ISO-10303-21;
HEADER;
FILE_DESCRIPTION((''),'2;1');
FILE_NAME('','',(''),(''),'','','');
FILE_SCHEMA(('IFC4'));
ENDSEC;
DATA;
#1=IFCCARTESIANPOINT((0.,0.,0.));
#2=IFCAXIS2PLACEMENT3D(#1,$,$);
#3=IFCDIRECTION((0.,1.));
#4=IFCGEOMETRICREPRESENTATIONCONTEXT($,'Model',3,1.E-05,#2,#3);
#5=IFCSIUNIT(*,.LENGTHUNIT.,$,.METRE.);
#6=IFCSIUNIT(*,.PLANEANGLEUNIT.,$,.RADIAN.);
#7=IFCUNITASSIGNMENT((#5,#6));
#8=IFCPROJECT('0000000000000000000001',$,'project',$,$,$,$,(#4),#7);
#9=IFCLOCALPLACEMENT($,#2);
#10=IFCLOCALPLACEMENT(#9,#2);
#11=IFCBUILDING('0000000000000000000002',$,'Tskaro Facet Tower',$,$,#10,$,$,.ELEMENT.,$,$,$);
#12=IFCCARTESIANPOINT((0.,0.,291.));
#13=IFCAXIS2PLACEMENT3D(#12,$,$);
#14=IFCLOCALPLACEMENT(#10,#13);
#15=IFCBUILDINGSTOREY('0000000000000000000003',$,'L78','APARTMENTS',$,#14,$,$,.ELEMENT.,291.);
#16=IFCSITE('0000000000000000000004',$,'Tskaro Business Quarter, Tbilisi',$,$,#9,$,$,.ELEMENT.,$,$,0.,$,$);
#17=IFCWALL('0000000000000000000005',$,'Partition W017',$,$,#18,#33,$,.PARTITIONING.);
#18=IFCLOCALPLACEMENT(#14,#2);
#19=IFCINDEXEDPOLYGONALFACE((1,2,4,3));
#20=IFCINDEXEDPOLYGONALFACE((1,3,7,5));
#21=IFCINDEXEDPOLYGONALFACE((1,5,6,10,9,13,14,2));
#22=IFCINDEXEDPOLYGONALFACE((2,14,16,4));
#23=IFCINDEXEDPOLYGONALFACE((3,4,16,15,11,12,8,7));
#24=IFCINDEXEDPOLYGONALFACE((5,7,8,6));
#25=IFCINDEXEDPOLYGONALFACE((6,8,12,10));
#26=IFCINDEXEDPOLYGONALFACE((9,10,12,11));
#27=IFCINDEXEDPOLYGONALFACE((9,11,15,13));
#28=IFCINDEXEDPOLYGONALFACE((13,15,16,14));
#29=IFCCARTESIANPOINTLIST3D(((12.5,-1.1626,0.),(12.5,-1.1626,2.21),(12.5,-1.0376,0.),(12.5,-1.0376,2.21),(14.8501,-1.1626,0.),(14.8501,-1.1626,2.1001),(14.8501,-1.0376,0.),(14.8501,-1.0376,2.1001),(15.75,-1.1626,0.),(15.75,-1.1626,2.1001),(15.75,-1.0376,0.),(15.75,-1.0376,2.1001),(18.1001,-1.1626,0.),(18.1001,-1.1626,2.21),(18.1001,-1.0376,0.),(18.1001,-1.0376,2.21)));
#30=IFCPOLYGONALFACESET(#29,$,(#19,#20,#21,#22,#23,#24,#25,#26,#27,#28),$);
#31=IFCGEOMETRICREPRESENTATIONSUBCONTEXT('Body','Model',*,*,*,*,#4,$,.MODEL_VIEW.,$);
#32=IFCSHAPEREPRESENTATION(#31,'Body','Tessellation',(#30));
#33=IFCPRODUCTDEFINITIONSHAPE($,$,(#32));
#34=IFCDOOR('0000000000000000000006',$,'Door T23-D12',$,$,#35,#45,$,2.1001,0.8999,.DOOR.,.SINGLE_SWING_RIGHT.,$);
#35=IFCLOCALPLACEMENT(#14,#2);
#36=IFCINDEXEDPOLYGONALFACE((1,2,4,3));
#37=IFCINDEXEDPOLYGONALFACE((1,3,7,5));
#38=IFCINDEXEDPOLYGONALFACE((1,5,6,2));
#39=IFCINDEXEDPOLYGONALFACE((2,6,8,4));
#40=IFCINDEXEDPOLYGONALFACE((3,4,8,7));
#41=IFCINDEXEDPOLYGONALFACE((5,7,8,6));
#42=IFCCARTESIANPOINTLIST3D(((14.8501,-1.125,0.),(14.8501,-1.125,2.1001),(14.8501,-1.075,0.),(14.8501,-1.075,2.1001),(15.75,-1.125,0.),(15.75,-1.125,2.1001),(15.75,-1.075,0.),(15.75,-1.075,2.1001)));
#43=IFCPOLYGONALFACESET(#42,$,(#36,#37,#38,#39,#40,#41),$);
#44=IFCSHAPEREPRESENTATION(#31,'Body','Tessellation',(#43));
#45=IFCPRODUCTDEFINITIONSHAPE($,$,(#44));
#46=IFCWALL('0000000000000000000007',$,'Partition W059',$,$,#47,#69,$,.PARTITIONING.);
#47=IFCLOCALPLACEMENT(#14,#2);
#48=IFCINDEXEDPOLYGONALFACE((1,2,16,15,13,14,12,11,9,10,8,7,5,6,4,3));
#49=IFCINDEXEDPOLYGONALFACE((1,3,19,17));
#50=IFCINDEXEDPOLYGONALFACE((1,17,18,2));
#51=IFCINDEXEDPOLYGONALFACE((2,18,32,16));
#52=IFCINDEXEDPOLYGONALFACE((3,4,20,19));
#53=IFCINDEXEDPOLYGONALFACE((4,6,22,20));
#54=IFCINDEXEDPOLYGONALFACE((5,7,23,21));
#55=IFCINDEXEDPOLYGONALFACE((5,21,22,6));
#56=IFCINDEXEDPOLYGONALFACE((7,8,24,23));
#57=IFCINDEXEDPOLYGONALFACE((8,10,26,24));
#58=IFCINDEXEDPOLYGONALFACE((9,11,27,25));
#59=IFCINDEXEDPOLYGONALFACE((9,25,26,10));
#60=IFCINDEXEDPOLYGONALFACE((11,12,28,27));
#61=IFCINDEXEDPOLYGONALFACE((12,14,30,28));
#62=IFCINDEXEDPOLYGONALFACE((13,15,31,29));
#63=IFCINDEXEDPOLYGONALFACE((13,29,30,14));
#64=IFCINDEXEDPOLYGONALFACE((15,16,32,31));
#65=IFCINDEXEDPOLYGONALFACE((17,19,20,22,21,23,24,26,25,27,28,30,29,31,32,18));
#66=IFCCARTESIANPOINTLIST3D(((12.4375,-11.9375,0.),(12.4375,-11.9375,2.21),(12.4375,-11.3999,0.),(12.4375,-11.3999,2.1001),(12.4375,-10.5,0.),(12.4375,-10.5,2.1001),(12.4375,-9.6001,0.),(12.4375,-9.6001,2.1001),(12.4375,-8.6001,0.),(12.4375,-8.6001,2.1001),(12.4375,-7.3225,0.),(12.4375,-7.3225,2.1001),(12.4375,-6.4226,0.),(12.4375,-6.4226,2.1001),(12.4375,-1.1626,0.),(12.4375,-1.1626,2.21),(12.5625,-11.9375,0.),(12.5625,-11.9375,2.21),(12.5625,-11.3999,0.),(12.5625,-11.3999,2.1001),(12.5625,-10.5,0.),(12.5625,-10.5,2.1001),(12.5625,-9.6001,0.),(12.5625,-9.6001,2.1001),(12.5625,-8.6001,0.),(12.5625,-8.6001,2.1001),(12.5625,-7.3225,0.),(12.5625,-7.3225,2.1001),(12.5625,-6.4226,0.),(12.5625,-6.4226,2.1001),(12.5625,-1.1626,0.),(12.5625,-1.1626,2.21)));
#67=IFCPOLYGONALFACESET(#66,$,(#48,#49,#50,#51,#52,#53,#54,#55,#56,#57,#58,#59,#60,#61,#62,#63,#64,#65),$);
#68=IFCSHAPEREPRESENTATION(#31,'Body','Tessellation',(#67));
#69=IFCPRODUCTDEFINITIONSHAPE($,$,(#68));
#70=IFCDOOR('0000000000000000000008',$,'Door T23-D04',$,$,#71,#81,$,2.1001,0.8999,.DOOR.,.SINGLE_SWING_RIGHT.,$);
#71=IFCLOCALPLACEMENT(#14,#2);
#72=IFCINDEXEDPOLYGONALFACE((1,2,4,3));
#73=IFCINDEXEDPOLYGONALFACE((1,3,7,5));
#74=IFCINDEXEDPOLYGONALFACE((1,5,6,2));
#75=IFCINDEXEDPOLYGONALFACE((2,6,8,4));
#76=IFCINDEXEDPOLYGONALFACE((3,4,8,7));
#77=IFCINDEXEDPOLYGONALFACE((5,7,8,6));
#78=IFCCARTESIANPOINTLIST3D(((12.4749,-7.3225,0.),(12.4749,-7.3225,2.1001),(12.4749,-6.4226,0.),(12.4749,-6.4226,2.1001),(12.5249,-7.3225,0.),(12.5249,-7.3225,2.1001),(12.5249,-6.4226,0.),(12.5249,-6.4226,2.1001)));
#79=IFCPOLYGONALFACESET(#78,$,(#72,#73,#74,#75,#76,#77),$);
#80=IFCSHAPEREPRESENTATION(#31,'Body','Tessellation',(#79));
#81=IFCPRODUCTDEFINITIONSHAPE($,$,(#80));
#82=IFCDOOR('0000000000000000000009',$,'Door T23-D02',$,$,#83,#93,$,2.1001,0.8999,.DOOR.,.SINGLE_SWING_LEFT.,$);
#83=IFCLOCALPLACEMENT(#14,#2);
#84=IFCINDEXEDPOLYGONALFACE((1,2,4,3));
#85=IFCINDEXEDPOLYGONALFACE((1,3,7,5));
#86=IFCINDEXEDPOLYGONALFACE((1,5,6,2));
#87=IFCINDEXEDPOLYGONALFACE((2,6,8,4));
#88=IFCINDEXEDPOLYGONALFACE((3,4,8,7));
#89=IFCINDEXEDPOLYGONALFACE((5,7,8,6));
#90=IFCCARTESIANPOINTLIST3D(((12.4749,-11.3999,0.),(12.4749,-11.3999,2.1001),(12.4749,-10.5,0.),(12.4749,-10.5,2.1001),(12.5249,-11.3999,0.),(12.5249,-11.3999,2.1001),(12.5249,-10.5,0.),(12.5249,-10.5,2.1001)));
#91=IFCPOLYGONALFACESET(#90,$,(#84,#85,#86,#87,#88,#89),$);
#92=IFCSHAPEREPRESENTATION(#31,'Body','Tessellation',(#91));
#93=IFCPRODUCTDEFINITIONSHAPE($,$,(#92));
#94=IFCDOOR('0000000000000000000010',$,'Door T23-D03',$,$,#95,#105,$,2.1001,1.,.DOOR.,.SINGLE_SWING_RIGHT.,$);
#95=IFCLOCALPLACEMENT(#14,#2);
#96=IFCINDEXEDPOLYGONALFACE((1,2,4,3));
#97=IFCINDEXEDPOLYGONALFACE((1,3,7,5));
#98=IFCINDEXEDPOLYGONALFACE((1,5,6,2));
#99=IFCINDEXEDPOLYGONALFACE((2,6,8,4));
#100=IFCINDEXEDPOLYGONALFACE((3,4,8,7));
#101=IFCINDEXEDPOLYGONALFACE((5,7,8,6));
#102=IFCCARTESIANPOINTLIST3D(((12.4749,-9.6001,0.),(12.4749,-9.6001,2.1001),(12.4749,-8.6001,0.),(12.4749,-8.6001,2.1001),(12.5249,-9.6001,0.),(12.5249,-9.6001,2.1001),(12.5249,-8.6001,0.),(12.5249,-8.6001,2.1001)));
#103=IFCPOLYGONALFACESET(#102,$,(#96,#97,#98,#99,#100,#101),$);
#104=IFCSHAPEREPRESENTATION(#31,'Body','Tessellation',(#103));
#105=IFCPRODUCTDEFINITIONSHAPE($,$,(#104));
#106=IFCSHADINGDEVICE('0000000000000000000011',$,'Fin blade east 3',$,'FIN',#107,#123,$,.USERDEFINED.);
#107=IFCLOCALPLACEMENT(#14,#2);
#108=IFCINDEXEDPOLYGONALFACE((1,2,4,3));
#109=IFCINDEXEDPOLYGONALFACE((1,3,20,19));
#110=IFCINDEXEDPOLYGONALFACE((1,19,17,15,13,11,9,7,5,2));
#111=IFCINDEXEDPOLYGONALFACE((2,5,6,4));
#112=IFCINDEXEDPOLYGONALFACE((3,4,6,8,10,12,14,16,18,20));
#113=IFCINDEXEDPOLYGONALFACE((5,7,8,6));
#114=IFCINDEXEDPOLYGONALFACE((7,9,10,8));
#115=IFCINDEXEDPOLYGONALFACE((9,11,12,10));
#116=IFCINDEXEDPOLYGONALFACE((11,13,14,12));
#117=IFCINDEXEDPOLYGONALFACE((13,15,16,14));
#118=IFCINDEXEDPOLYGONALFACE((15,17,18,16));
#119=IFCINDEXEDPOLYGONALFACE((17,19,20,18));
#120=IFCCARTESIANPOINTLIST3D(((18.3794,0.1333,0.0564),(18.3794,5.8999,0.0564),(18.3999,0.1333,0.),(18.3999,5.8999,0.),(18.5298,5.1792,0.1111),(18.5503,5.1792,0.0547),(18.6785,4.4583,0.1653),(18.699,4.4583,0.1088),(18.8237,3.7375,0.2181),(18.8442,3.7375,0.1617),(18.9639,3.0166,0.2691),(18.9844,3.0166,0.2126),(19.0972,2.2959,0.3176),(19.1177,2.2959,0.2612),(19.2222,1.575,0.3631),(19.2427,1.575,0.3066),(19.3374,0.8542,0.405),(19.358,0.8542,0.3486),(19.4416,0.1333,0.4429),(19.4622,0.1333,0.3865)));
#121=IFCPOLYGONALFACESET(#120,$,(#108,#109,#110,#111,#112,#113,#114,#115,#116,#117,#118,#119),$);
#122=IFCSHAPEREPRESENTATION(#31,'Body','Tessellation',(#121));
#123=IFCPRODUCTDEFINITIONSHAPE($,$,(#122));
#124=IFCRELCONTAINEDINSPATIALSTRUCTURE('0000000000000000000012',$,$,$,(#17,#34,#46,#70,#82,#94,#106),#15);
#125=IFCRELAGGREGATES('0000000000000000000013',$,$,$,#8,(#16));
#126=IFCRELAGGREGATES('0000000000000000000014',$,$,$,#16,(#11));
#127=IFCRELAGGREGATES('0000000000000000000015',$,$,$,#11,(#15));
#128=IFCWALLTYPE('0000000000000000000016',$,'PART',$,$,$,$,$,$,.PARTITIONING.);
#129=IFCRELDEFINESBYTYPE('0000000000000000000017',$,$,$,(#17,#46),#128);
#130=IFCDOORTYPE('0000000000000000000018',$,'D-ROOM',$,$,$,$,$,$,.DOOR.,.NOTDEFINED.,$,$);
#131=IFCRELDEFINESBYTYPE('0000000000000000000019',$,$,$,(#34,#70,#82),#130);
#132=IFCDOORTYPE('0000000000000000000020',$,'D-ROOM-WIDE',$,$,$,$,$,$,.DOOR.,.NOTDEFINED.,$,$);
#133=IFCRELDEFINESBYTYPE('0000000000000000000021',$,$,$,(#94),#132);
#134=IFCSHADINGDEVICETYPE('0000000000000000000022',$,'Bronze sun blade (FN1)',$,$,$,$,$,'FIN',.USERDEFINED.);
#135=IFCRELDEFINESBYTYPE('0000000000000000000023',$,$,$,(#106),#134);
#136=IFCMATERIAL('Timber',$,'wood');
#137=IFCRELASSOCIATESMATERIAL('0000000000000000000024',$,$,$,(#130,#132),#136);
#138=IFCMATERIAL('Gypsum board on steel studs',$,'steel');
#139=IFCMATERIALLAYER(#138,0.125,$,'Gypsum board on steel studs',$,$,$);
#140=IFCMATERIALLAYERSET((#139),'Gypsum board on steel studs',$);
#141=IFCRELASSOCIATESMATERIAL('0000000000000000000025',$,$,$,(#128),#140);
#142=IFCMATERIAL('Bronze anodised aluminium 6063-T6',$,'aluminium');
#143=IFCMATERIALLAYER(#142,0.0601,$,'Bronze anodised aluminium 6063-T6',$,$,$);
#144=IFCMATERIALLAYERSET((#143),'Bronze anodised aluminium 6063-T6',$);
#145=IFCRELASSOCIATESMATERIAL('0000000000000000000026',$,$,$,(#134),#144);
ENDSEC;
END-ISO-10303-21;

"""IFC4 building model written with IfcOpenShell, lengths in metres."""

from ifc_helpers import new_model, si_unit, direction, frame, frame_2d, origin, place, context, subcontext, project, spatial, polyline, rectangle, outline, extrude, material, layer, layer_set, type_object, element, fill, save


model = new_model("IFC4")

# Units and contexts
model_context = context("Model", 3, precision=1e-05, world=origin(), true_north=direction((0.0, 1.0)))
body_context = subcontext(model_context, "Body", "Model", "MODEL_VIEW")
ifc_project = project(units=[si_unit("LENGTHUNIT", "METRE"), si_unit("PLANEANGLEUNIT", "RADIAN")], contexts=[model_context])

# Site, building, storey
site_placement = place(None, origin())
site = spatial("IfcSite", under=ifc_project, at=site_placement, Name="Tskaro Business Quarter, Tbilisi", CompositionType="ELEMENT", RefElevation=0.0)
building_placement = place(site_placement, origin())
building = spatial("IfcBuilding", under=site, at=building_placement, Name="Tskaro Facet Tower", CompositionType="ELEMENT")
storey_placement = place(building_placement, frame((0.0, 0.0, 291.0)))
storey = spatial("IfcBuildingStorey", under=building, at=storey_placement, Name="L78", Description="APARTMENTS", CompositionType="ELEMENT", Elevation=291.0)

# Shared definitions
ifc_material_1 = material(Name="Bronze anodised aluminium 6063-T6", Category="aluminium")

# Wall, opening, door
ifc_material_2 = material(Name="Timber", Category="wood")
door_type_1 = type_object("IfcDoorType", Name="D-ROOM", OperationType="NOTDEFINED", PredefinedType="DOOR", material=ifc_material_2)
ifc_material_3 = material(Name="Gypsum board on steel studs", Category="steel")
ifc_layer_1 = layer(ifc_material_3, 0.125, Name="Gypsum board on steel studs")
ifc_layer_set_1 = layer_set([ifc_layer_1], Name="Gypsum board on steel studs")
wall_type_1 = type_object("IfcWallType", Name="PART", PredefinedType="PARTITIONING", material=ifc_layer_set_1)
wall_1_placement = place(storey_placement, frame((18.1001, -1.1001, 0.0), z_axis=(0.0, 0.0, 1.0), x_axis=(-1.0, 0.0, 0.0)))
wall_1 = element("IfcWall", 1, at=wall_1_placement, inside=storey, type_object=wall_type_1, Name="Partition W017", PredefinedType="PARTITIONING", context=body_context, shape_type="SweptSolid", body=[
    extrude(rectangle(XDim=5.6001, YDim=0.125, at=frame_2d((2.8, 0.0))), origin(), (0.0, 0.0, 1.0), 2.21),
])
opening_1_placement = place(wall_1_placement, frame((2.3501, 0.0, 0.0)))
opening_1 = element("IfcOpeningElement", 2, at=opening_1_placement, cuts=wall_1, PredefinedType="OPENING", context=body_context, shape_type="SweptSolid", body=[
    extrude(rectangle(XDim=0.8999, YDim=2.1001, at=frame_2d((0.45, 1.05))), frame((0.0, 0.0725, 0.0), z_axis=(0.0, -1.0, 0.0), x_axis=(1.0, 0.0, 0.0)), (0.0, 0.0, 1.0), 0.145),
])
door_1_placement = place(opening_1_placement, origin())
door_1 = element("IfcDoor", 3, at=door_1_placement, inside=storey, type_object=door_type_1, Name="Door T23-D12", OperationType="SINGLE_SWING_RIGHT", OverallHeight=2.1001, OverallWidth=0.8999, PredefinedType="DOOR", context=body_context, shape_type="SweptSolid", body=[
    extrude(rectangle(XDim=0.8999, YDim=2.1001, at=frame_2d((0.45, 1.05))), frame((0.0, 0.0249, 0.0), z_axis=(0.0, -1.0, 0.0), x_axis=(1.0, 0.0, 0.0)), (0.0, 0.0, 1.0), 0.05),
])
fill(opening_1, door_1)

# Wall, openings, doors
wall_2_placement = place(storey_placement, frame((12.5, -1.1626, 0.0), z_axis=(0.0, 0.0, 1.0), x_axis=(0.0, -1.0, 0.0)))
wall_2 = element("IfcWall", 4, at=wall_2_placement, inside=storey, type_object=wall_type_1, Name="Partition W059", PredefinedType="PARTITIONING", context=body_context, shape_type="SweptSolid", body=[
    extrude(rectangle(XDim=10.7749, YDim=0.125, at=frame_2d((5.3875, 0.0))), origin(), (0.0, 0.0, 1.0), 2.21),
])
opening_2_placement = place(wall_2_placement, frame((5.26, 0.0, 0.0)))
opening_2 = element("IfcOpeningElement", 5, at=opening_2_placement, cuts=wall_2, PredefinedType="OPENING", context=body_context, shape_type="SweptSolid", body=[
    extrude(rectangle(XDim=0.8999, YDim=2.1001, at=frame_2d((0.45, 1.05))), frame((0.0, 0.0725, 0.0), z_axis=(0.0, -1.0, 0.0), x_axis=(1.0, 0.0, 0.0)), (0.0, 0.0, 1.0), 0.145),
])
opening_3_placement = place(wall_2_placement, frame((7.4375, 0.0, 0.0)))
opening_3 = element("IfcOpeningElement", 6, at=opening_3_placement, cuts=wall_2, PredefinedType="OPENING", context=body_context, shape_type="SweptSolid", body=[
    extrude(rectangle(XDim=1.0, YDim=2.1001, at=frame_2d((0.5, 1.05))), frame((0.0, 0.0725, 0.0), z_axis=(0.0, -1.0, 0.0), x_axis=(1.0, 0.0, 0.0)), (0.0, 0.0, 1.0), 0.145),
])
opening_4_placement = place(wall_2_placement, frame((9.3374, 0.0, 0.0)))
opening_4 = element("IfcOpeningElement", 7, at=opening_4_placement, cuts=wall_2, PredefinedType="OPENING", context=body_context, shape_type="SweptSolid", body=[
    extrude(rectangle(XDim=0.8999, YDim=2.1001, at=frame_2d((0.45, 1.05))), frame((0.0, 0.0725, 0.0), z_axis=(0.0, -1.0, 0.0), x_axis=(1.0, 0.0, 0.0)), (0.0, 0.0, 1.0), 0.145),
])
door_2_placement = place(opening_2_placement, origin())
door_2 = element("IfcDoor", 8, at=door_2_placement, inside=storey, type_object=door_type_1, Name="Door T23-D04", OperationType="SINGLE_SWING_RIGHT", OverallHeight=2.1001, OverallWidth=0.8999, PredefinedType="DOOR", context=body_context, shape_type="SweptSolid", body=[
    extrude(rectangle(XDim=0.8999, YDim=2.1001, at=frame_2d((0.45, 1.05))), frame((0.0, 0.0249, 0.0), z_axis=(0.0, -1.0, 0.0), x_axis=(1.0, 0.0, 0.0)), (0.0, 0.0, 1.0), 0.05),
])
fill(opening_2, door_2)
door_3_placement = place(opening_4_placement, origin())
door_3 = element("IfcDoor", 9, at=door_3_placement, inside=storey, type_object=door_type_1, Name="Door T23-D02", OperationType="SINGLE_SWING_LEFT", OverallHeight=2.1001, OverallWidth=0.8999, PredefinedType="DOOR", context=body_context, shape_type="SweptSolid", body=[
    extrude(rectangle(XDim=0.8999, YDim=2.1001, at=frame_2d((0.45, 1.05))), frame((0.0, 0.0249, 0.0), z_axis=(0.0, -1.0, 0.0), x_axis=(1.0, 0.0, 0.0)), (0.0, 0.0, 1.0), 0.05),
])
fill(opening_4, door_3)
door_type_2 = type_object("IfcDoorType", Name="D-ROOM-WIDE", OperationType="NOTDEFINED", PredefinedType="DOOR", material=ifc_material_2)
door_4_placement = place(opening_3_placement, origin())
door_4 = element("IfcDoor", 10, at=door_4_placement, inside=storey, type_object=door_type_2, Name="Door T23-D03", OperationType="SINGLE_SWING_RIGHT", OverallHeight=2.1001, OverallWidth=1.0, PredefinedType="DOOR", context=body_context, shape_type="SweptSolid", body=[
    extrude(rectangle(XDim=1.0, YDim=2.1001, at=frame_2d((0.5, 1.05))), frame((0.0, 0.0249, 0.0), z_axis=(0.0, -1.0, 0.0), x_axis=(1.0, 0.0, 0.0)), (0.0, 0.0, 1.0), 0.05),
])
fill(opening_3, door_4)

# Shading device
ifc_layer_2 = layer(ifc_material_1, 0.0601, Name="Bronze anodised aluminium 6063-T6")
ifc_layer_set_2 = layer_set([ifc_layer_2], Name="Bronze anodised aluminium 6063-T6")
shading_device_type = type_object("IfcShadingDeviceType", Name="Bronze sun blade (FN1)", ElementType="FIN", PredefinedType="USERDEFINED", material=ifc_layer_set_2)
shading_device_placement = place(storey_placement, frame((18.3794, 0.1333, 0.0564), z_axis=(-0.341936, -0.000007, 0.939723), x_axis=(-0.000002, 1.0, 0.000007)))
element("IfcShadingDevice", 11, at=shading_device_placement, inside=storey, type_object=shading_device_type, Name="Fin blade east 3", ObjectType="FIN", PredefinedType="USERDEFINED", context=body_context, shape_type="SweptSolid", body=[
    extrude(outline(polyline([(0.0, 0.0), (5.7666, 0.0), (5.0459, -0.16), (4.325, -0.3183), (3.6042, -0.4728), (2.8833, -0.622), (2.1626, -0.7638), (1.4417, -0.8968), (0.7209, -1.0195), (0.0, -1.1304), (0.0, 0.0)])), origin(), (0.0, 0.0, -1.0), 0.0601),
])

save(model, "model.ifc")
